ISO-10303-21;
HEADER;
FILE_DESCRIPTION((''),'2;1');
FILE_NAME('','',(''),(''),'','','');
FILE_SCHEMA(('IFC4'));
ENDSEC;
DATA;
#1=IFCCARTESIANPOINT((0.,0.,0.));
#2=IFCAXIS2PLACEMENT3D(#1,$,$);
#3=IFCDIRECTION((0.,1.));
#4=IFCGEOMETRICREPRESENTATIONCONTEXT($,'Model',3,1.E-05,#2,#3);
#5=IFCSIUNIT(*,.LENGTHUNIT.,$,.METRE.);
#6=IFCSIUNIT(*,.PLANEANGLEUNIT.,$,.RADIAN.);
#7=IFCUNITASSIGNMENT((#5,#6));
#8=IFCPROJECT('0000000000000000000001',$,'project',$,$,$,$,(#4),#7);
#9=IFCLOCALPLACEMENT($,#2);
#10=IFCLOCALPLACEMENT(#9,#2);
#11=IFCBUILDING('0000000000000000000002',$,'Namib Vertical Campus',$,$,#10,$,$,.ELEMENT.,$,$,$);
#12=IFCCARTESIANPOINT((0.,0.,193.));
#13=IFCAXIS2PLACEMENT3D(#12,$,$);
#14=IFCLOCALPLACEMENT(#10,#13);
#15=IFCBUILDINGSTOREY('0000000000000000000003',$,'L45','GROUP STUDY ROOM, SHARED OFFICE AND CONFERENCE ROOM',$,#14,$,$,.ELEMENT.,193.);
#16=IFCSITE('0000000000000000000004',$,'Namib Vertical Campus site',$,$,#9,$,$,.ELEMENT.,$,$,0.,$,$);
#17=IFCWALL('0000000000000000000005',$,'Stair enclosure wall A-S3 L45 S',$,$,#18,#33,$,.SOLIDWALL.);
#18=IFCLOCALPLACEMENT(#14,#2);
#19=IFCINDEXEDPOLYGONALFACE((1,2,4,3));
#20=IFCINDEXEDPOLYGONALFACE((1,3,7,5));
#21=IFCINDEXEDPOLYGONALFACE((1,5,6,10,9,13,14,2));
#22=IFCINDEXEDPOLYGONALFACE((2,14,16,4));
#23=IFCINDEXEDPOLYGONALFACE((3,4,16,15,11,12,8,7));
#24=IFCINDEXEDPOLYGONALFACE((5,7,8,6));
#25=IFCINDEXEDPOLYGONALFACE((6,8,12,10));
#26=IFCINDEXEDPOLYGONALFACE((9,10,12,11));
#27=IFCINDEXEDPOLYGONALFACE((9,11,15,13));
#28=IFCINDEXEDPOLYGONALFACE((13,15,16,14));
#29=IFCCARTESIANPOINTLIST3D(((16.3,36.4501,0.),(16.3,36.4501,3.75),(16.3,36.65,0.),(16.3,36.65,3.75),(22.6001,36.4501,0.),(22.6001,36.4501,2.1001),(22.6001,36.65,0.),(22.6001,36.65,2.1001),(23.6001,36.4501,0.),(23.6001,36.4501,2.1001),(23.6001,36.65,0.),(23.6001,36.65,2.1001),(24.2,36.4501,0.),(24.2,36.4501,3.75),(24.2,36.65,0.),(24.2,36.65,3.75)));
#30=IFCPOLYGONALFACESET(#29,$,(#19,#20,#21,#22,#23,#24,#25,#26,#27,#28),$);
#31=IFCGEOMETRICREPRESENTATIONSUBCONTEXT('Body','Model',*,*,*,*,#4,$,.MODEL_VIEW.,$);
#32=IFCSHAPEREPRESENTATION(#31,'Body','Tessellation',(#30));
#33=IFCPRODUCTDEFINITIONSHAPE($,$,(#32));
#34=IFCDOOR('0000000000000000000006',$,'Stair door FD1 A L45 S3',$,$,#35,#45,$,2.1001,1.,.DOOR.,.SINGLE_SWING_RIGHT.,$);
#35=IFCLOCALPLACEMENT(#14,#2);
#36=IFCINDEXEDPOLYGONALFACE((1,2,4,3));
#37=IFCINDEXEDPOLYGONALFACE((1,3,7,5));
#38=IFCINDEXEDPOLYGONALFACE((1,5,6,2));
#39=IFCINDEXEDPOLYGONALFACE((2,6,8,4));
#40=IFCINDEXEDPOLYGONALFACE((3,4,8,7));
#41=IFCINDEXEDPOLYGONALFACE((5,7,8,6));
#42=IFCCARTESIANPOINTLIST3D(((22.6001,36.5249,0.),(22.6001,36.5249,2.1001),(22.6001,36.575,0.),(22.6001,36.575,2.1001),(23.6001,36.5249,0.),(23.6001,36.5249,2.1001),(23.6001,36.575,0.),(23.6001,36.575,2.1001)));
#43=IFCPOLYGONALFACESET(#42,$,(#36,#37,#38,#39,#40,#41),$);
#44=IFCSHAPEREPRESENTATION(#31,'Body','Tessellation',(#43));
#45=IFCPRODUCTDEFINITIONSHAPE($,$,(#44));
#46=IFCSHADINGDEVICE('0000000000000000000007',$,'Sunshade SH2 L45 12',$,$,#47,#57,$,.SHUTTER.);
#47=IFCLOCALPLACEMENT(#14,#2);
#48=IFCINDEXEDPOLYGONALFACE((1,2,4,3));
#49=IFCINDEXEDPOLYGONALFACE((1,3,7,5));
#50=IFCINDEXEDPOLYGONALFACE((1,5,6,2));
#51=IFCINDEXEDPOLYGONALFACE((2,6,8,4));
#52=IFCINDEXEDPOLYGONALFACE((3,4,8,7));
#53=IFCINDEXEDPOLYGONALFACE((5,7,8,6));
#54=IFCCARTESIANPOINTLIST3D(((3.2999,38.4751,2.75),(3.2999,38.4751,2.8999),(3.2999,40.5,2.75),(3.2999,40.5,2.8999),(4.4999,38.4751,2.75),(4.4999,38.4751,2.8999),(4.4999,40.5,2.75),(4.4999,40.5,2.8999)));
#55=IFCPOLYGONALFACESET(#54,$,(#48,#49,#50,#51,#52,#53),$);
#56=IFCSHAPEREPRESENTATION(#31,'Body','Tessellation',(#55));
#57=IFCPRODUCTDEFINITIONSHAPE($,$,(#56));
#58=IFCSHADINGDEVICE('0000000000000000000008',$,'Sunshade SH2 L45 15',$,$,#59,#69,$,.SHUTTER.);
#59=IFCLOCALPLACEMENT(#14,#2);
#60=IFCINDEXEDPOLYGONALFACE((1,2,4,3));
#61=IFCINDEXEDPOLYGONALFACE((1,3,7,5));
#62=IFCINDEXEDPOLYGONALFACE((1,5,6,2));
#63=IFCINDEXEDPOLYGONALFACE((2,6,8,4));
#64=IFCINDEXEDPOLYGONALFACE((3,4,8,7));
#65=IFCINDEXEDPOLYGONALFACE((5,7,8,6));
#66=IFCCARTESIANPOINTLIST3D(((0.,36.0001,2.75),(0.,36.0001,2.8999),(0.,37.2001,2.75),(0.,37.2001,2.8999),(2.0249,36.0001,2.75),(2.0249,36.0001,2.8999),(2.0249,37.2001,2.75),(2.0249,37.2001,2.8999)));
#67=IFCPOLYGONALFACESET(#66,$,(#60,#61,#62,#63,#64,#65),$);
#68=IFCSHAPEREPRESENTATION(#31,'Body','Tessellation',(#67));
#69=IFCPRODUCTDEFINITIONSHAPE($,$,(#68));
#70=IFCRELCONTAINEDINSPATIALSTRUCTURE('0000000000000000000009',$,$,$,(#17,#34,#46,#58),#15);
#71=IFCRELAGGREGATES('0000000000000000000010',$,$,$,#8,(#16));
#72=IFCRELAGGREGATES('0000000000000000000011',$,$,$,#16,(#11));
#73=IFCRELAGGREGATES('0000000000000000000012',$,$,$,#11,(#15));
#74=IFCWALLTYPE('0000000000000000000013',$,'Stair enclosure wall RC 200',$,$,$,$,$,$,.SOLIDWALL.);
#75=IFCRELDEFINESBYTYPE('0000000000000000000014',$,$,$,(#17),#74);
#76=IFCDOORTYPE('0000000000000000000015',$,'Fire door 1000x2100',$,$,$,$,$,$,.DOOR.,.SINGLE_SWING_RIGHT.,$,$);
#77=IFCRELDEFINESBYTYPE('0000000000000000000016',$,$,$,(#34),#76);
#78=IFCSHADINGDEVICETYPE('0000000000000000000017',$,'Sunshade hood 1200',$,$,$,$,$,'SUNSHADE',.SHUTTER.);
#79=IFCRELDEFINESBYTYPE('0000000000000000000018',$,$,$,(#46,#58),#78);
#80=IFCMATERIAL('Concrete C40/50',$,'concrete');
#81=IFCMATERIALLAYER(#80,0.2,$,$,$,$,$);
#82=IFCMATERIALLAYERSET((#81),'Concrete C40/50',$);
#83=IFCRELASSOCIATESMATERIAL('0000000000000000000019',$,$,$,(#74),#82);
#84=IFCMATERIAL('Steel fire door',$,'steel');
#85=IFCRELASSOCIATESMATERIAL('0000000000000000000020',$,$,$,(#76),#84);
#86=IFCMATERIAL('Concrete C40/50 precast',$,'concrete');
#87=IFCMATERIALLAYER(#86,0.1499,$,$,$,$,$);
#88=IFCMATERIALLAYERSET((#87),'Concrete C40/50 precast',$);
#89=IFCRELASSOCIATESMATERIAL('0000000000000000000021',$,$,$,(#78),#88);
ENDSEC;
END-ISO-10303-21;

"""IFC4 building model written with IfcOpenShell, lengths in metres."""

from ifc_helpers import new_model, si_unit, direction, frame, frame_2d, origin, origin_2d, place, context, subcontext, project, spatial, rectangle, extrude, material, layer, layer_set, type_object, element, fill, save


model = new_model("IFC4")

# Units and contexts
model_context = context("Model", 3, precision=1e-05, world=origin(), true_north=direction((0.0, 1.0)))
body_context = subcontext(model_context, "Body", "Model", "MODEL_VIEW")
ifc_project = project(units=[si_unit("LENGTHUNIT", "METRE"), si_unit("PLANEANGLEUNIT", "RADIAN")], contexts=[model_context])

# Site, building, storey
site_placement = place(None, origin())
site = spatial("IfcSite", under=ifc_project, at=site_placement, Name="Namib Vertical Campus site", CompositionType="ELEMENT", RefElevation=0.0)
building_placement = place(site_placement, origin())
building = spatial("IfcBuilding", under=site, at=building_placement, Name="Namib Vertical Campus", CompositionType="ELEMENT")
storey_placement = place(building_placement, frame((0.0, 0.0, 193.0)))
storey = spatial("IfcBuildingStorey", under=building, at=storey_placement, Name="L45", Description="GROUP STUDY ROOM, SHARED OFFICE AND CONFERENCE ROOM", CompositionType="ELEMENT", Elevation=193.0)

# Wall, opening, door
ifc_material_1 = material(Name="Concrete C40/50", Category="concrete")
ifc_layer_1 = layer(ifc_material_1, 0.2)
ifc_layer_set_1 = layer_set([ifc_layer_1], Name="Concrete C40/50")
wall_type_1 = type_object("IfcWallType", Name="Stair enclosure wall RC 200", PredefinedType="SOLIDWALL", material=ifc_layer_set_1)
wall_1_placement = place(storey_placement, frame((16.3, 36.55, 0.0), z_axis=(0.0, 0.0, 1.0), x_axis=(1.0, 0.0, 0.0)))
wall_1 = element("IfcWall", 1, at=wall_1_placement, inside=storey, type_object=wall_type_1, Name="Stair enclosure wall A-S3 L45 S", PredefinedType="SOLIDWALL", context=body_context, shape_type="SweptSolid", body=[
    extrude(rectangle(XDim=7.8999, YDim=0.2, at=frame_2d((3.95, 0.0))), origin(), (0.0, 0.0, 1.0), 3.75),
])
opening_1_placement = place(wall_1_placement, frame((6.3, 0.0, 0.0)))
opening_1 = element("IfcOpeningElement", 2, at=opening_1_placement, cuts=wall_1, PredefinedType="OPENING", context=body_context, shape_type="SweptSolid", body=[
    extrude(rectangle(XDim=1.0, YDim=2.1001, at=frame_2d((0.5, 1.05))), frame((0.0, 0.1099, 0.0), z_axis=(0.0, -1.0, 0.0), x_axis=(1.0, 0.0, 0.0)), (0.0, 0.0, 1.0), 0.22),
])
ifc_material_2 = material(Name="Steel fire door", Category="steel")
door_type = type_object("IfcDoorType", Name="Fire door 1000x2100", OperationType="SINGLE_SWING_RIGHT", PredefinedType="DOOR", material=ifc_material_2)
door_placement = place(opening_1_placement, origin())
door = element("IfcDoor", 3, at=door_placement, inside=storey, type_object=door_type, Name="Stair door FD1 A L45 S3", OperationType="SINGLE_SWING_RIGHT", OverallHeight=2.1001, OverallWidth=1.0, PredefinedType="DOOR", context=body_context, shape_type="SweptSolid", body=[
    extrude(rectangle(XDim=1.0, YDim=2.1001, at=frame_2d((0.5, 1.05))), frame((0.0, 0.0249, 0.0), z_axis=(0.0, -1.0, 0.0), x_axis=(1.0, 0.0, 0.0)), (0.0, 0.0, 1.0), 0.05),
])
fill(opening_1, door)

# Shading devices
ifc_material_3 = material(Name="Concrete C40/50 precast", Category="concrete")
ifc_layer_2 = layer(ifc_material_3, 0.1499)
ifc_layer_set_2 = layer_set([ifc_layer_2], Name="Concrete C40/50 precast")
shading_device_type = type_object("IfcShadingDeviceType", Name="Sunshade hood 1200", ElementType="SUNSHADE", PredefinedType="SHUTTER", material=ifc_layer_set_2)
for number, where, z_axis, x_axis, name in (
    (4, (3.8999, 39.4875, 2.75), (0.0, 0.0, 1.0), (0.0, -1.0, 0.0), "Sunshade SH2 L45 12"),
    (5, (1.0125, 36.6001, 2.75), (0.0, 0.0, 1.0), (-1.0, 0.0, 0.0), "Sunshade SH2 L45 15"),
):
    element("IfcShadingDevice", number, at=place(storey_placement, frame(where, z_axis=z_axis, x_axis=x_axis)), inside=storey, type_object=shading_device_type, Name=name, PredefinedType="SHUTTER", context=body_context, shape_type="SweptSolid", body=[
        extrude(rectangle(XDim=2.0249, YDim=1.2, at=origin_2d()), origin(), (0.0, 0.0, 1.0), 0.1499),
    ])

save(model, "model.ifc")
